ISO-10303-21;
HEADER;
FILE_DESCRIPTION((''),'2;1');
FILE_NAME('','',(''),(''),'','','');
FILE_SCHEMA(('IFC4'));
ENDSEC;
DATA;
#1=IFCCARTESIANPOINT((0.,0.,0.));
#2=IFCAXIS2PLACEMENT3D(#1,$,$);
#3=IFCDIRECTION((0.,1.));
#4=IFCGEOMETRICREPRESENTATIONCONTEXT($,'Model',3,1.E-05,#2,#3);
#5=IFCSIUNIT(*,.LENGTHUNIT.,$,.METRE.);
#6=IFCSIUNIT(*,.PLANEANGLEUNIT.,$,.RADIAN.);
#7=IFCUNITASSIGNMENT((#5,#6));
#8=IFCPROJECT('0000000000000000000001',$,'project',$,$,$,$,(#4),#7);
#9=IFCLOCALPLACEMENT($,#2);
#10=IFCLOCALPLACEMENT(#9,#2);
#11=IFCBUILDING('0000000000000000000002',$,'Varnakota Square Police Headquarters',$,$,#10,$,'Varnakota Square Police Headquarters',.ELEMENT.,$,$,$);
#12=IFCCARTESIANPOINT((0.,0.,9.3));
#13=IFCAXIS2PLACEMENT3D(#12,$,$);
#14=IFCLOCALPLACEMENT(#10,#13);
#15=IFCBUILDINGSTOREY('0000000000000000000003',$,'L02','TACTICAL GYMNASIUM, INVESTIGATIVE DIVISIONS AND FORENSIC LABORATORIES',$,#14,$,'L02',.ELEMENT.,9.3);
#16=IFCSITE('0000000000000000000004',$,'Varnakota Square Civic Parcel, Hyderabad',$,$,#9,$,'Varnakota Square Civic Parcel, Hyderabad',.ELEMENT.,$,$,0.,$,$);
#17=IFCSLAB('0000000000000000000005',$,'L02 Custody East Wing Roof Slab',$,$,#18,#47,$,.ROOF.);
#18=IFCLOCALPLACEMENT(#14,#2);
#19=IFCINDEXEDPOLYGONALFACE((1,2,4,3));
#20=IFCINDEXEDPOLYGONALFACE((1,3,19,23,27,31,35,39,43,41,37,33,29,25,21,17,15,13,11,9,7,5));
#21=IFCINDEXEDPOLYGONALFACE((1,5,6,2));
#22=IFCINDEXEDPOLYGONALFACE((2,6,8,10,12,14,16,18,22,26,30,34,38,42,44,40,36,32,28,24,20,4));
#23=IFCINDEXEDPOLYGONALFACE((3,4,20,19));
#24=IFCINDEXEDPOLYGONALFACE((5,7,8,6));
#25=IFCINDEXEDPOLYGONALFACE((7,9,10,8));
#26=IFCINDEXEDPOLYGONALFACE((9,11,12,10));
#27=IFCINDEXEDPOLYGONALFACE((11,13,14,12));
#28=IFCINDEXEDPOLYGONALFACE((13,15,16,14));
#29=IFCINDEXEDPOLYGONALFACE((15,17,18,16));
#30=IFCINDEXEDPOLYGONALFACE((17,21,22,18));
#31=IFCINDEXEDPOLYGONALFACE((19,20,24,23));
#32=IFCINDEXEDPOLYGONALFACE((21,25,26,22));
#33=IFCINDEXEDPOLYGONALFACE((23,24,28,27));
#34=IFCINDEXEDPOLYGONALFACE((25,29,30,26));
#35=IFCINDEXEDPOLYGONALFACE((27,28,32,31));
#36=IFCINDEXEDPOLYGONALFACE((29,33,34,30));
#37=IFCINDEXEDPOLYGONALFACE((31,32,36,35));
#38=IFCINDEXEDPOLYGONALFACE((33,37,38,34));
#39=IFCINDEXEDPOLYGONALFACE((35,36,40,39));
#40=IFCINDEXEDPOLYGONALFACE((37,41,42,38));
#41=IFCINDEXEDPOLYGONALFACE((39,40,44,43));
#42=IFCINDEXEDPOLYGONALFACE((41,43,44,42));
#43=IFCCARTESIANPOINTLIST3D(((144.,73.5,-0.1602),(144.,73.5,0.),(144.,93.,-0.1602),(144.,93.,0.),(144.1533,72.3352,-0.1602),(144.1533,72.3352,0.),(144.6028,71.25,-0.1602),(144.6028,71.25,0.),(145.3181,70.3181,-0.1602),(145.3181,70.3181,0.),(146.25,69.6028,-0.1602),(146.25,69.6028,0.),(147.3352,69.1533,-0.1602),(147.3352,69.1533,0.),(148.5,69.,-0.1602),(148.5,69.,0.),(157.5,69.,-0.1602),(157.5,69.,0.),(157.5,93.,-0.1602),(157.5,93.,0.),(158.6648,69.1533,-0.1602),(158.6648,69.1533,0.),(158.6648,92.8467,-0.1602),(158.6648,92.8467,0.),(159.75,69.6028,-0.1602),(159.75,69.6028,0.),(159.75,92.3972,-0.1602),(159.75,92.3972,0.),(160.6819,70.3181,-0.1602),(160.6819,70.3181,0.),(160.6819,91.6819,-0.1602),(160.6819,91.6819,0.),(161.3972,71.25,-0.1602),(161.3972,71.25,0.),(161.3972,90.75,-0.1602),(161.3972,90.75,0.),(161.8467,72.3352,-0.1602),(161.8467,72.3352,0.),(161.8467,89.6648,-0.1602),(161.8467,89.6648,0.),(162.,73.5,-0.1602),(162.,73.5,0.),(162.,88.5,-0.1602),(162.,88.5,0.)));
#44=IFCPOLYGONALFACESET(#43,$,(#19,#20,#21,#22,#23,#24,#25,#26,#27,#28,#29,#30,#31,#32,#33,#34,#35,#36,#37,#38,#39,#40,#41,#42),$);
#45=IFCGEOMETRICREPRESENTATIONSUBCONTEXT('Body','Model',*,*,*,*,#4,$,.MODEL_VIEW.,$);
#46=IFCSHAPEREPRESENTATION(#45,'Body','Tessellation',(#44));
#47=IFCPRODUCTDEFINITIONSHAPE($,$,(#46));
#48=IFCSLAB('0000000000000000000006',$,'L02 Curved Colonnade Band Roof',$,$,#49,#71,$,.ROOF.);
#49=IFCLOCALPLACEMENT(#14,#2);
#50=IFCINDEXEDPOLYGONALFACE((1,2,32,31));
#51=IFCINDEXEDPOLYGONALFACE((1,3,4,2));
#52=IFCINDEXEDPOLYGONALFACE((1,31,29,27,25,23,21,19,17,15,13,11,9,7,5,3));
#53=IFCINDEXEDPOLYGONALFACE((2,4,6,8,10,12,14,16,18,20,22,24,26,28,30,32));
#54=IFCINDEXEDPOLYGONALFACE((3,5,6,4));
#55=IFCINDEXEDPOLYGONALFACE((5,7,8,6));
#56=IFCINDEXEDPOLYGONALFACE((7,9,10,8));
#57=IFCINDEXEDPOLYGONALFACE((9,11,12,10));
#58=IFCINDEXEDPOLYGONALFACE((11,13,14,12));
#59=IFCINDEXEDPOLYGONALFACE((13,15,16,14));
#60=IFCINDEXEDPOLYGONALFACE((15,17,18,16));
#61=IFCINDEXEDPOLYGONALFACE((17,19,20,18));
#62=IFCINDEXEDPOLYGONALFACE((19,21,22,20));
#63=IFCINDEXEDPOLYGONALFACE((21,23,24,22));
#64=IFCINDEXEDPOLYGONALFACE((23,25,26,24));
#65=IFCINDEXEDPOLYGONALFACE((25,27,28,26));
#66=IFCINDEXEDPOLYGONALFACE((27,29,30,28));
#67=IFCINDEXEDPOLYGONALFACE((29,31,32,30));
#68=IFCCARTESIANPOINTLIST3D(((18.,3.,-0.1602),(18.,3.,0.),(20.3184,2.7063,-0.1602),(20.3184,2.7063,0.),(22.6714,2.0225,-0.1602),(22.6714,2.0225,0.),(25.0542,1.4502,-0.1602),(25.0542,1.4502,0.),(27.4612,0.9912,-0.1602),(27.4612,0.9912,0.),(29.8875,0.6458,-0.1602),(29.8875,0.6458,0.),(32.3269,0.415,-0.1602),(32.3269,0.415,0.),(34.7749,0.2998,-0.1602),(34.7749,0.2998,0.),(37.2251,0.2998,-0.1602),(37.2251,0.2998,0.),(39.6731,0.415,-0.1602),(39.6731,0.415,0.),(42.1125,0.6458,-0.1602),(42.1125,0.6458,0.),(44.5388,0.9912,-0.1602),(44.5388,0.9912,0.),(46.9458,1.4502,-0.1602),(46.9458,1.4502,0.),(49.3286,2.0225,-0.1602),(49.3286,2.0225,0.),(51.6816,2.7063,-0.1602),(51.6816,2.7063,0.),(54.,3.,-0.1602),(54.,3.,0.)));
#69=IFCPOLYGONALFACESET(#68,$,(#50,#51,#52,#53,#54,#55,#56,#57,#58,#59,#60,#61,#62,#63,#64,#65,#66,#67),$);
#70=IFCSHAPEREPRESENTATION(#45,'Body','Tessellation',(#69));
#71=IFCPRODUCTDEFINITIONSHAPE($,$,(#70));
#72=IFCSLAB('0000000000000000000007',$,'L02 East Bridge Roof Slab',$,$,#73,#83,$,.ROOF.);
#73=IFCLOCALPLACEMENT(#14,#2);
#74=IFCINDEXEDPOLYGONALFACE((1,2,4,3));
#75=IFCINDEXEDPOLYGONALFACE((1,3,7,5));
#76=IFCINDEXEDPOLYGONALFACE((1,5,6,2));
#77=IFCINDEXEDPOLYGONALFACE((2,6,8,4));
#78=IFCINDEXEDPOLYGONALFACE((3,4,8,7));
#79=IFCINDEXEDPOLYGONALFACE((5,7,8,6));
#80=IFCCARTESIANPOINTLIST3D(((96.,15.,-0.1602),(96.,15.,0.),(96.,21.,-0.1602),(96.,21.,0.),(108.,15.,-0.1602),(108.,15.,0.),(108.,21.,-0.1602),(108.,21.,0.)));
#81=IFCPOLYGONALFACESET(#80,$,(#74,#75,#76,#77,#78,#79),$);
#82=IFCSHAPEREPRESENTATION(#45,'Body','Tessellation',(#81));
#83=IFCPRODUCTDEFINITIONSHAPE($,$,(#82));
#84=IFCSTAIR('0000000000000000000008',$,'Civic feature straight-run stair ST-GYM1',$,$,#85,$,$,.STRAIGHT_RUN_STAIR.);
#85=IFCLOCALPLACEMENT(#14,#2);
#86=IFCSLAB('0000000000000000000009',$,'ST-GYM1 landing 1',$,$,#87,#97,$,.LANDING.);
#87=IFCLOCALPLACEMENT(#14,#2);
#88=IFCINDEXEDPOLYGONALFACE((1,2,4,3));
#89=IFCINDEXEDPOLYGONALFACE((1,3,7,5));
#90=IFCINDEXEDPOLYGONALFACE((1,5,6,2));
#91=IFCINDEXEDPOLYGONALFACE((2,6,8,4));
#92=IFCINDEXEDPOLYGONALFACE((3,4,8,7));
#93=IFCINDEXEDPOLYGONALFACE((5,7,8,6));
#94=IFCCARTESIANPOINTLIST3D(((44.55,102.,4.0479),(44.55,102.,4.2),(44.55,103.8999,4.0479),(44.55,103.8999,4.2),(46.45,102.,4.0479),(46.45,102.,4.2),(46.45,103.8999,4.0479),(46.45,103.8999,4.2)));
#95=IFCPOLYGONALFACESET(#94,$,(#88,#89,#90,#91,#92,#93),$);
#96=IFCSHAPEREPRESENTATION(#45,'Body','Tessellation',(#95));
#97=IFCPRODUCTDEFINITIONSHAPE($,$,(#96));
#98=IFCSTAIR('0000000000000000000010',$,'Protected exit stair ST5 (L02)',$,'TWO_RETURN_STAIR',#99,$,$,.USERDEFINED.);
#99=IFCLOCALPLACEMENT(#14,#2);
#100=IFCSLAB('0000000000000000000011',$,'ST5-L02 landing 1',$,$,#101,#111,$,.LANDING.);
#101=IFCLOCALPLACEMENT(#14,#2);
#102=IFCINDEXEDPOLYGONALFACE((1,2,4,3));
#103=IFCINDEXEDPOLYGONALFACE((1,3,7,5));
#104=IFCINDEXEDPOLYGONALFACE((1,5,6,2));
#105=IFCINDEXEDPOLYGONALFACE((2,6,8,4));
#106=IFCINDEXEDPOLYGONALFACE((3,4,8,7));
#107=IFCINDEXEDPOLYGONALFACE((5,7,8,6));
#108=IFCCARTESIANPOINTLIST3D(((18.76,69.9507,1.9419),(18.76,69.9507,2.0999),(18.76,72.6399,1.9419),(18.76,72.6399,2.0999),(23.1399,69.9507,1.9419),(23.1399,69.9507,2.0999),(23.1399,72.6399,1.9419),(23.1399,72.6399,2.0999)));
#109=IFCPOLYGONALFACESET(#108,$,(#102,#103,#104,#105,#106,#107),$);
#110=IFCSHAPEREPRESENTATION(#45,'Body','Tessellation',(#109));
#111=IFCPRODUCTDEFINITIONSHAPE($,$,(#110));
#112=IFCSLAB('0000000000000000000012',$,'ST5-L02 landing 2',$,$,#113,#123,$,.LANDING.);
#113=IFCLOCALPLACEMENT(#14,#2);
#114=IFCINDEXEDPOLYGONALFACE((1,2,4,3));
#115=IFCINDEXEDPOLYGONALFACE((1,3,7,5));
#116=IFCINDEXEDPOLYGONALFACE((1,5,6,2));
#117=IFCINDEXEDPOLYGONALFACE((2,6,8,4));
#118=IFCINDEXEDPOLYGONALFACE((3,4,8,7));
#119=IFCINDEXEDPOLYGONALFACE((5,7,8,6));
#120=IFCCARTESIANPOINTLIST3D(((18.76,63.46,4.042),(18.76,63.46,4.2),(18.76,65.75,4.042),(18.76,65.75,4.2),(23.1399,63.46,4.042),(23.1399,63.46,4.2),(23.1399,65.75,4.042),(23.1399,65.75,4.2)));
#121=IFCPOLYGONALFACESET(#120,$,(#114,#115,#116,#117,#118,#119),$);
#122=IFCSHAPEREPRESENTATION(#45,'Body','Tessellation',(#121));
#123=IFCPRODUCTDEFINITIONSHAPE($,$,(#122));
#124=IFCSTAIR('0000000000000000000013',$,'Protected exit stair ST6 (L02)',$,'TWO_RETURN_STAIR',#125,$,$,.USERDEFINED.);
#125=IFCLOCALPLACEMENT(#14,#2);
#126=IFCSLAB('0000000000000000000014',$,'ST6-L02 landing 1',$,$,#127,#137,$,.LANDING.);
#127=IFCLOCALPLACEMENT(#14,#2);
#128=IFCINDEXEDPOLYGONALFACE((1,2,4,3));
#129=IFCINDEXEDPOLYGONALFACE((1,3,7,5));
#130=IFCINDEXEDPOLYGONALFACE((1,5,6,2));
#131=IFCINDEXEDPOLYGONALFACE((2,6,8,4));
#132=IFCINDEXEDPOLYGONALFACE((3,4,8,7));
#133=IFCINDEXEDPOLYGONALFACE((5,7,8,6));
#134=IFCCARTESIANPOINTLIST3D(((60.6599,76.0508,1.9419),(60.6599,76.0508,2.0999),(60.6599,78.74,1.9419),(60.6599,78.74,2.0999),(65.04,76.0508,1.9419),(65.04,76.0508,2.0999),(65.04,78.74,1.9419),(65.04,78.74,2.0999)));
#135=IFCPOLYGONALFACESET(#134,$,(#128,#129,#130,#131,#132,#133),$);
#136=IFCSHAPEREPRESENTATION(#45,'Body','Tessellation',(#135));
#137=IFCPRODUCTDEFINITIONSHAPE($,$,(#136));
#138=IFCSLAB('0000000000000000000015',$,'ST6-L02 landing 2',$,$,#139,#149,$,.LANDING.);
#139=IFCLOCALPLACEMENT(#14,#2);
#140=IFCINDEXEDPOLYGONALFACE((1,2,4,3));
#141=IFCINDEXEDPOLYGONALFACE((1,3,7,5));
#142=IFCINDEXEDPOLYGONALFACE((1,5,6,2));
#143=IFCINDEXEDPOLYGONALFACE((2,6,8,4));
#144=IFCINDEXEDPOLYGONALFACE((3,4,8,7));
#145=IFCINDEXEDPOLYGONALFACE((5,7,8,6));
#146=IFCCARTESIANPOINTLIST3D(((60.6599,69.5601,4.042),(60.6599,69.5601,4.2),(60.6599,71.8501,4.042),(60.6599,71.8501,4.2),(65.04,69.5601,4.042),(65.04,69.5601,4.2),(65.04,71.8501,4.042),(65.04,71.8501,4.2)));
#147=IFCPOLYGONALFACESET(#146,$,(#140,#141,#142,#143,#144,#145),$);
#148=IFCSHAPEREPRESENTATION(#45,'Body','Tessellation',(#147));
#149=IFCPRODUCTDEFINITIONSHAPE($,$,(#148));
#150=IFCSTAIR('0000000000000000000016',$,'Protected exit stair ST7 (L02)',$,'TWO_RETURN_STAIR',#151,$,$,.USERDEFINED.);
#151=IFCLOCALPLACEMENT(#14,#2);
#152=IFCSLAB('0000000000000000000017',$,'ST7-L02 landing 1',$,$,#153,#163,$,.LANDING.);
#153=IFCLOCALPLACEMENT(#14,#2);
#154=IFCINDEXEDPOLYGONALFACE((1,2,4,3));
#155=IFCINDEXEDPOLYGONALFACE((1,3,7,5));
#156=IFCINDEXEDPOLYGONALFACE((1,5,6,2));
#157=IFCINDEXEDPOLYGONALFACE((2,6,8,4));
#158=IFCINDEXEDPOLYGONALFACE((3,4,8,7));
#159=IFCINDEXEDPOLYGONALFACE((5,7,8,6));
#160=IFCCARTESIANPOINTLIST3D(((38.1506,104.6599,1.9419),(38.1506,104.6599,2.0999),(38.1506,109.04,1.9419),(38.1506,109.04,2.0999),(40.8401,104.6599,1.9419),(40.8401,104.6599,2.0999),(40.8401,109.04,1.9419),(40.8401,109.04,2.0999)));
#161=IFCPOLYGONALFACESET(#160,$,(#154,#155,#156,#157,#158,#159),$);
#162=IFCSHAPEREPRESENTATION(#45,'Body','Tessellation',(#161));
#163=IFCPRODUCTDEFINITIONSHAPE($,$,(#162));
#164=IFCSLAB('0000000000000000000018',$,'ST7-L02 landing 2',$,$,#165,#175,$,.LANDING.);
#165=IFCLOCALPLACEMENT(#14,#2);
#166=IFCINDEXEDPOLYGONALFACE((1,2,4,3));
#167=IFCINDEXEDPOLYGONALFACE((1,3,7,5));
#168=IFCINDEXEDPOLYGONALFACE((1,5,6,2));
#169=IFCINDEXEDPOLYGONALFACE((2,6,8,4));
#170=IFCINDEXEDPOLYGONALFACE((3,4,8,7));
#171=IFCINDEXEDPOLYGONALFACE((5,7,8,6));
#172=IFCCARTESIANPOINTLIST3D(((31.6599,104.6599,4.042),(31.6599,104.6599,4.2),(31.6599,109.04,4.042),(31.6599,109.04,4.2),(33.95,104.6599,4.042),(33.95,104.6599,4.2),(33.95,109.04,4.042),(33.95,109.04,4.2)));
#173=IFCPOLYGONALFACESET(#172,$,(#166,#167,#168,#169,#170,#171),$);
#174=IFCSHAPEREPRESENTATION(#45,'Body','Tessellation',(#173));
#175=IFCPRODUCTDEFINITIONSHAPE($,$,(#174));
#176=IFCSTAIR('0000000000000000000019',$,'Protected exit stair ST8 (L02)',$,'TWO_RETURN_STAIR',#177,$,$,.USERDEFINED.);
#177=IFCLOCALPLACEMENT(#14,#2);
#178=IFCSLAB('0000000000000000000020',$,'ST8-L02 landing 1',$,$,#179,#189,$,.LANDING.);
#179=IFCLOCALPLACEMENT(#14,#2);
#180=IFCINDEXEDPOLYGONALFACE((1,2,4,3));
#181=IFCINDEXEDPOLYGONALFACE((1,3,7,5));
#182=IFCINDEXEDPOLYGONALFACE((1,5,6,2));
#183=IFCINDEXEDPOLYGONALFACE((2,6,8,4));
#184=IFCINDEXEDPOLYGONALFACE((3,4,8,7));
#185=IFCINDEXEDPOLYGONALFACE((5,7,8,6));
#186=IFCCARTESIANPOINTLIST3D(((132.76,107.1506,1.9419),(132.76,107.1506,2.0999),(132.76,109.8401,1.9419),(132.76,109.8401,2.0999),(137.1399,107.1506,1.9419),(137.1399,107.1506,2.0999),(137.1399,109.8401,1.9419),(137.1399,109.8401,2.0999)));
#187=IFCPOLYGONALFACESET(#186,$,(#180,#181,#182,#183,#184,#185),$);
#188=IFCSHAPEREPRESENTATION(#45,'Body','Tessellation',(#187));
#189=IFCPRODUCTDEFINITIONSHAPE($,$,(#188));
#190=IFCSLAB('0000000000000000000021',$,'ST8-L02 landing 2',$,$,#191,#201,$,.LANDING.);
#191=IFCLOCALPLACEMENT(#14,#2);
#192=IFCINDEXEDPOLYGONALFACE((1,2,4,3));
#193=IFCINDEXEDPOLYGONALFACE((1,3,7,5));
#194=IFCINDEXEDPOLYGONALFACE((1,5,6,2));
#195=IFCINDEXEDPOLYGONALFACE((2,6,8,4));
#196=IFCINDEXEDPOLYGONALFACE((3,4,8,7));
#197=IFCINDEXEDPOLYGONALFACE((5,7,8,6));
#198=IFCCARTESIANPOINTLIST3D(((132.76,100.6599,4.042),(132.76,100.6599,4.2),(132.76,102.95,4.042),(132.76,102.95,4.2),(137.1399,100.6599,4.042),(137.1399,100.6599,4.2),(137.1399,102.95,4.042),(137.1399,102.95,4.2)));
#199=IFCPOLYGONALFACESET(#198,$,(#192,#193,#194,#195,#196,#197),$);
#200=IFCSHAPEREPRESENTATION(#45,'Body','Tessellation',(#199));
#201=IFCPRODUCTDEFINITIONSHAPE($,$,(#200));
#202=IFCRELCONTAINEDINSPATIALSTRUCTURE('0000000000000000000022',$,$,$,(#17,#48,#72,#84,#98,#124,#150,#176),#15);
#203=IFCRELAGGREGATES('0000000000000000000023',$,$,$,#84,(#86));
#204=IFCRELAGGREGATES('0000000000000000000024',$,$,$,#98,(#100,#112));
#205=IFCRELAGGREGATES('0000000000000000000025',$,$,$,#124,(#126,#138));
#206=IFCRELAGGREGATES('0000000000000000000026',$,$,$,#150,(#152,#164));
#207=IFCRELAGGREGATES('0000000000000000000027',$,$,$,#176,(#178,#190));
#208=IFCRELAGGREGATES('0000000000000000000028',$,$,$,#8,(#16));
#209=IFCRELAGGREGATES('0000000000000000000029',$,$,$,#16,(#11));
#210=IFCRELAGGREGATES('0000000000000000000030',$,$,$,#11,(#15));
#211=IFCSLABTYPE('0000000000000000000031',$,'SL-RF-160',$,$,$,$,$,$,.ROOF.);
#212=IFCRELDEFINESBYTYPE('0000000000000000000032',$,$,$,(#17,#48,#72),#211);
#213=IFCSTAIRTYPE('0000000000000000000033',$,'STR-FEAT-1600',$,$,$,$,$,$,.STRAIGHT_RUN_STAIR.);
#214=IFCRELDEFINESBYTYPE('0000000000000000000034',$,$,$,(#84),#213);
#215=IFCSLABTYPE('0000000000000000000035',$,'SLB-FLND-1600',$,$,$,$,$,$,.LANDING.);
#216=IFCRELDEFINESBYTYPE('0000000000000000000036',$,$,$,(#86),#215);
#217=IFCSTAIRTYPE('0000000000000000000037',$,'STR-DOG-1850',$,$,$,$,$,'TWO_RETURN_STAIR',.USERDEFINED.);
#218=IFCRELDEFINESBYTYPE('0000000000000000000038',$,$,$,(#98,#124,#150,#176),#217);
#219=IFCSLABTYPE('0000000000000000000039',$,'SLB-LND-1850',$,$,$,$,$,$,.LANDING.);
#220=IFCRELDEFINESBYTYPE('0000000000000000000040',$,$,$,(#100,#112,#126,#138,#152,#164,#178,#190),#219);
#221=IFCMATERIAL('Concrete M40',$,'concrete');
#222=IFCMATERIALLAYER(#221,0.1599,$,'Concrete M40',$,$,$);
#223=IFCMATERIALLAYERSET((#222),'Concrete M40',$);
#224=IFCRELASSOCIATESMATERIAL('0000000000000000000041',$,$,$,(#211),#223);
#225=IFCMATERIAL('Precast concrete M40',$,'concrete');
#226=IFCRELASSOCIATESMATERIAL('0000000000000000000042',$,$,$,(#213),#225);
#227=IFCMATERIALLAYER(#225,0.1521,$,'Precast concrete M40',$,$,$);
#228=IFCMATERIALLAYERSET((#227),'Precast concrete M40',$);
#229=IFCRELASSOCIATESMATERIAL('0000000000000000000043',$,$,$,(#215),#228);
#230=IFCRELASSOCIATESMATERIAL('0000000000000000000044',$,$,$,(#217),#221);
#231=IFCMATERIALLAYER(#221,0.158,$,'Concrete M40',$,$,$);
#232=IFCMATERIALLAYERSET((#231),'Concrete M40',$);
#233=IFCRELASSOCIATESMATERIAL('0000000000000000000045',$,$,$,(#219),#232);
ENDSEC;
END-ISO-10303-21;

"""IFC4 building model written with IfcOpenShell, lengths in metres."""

from ifc_helpers import new_model, si_unit, direction, frame, origin, place, context, subcontext, project, spatial, polyline, outline, extrude, material, layer, layer_set, type_object, element, aggregate, save


model = new_model("IFC4")

# Units and contexts
model_context = context("Model", 3, precision=1e-05, world=origin(), true_north=direction((0.0, 1.0)))
body_context = subcontext(model_context, "Body", "Model", "MODEL_VIEW")
ifc_project = project(units=[si_unit("LENGTHUNIT", "METRE"), si_unit("PLANEANGLEUNIT", "RADIAN")], contexts=[model_context])

# Site, building, storey
site_placement = place(None, origin())
site = spatial("IfcSite", under=ifc_project, at=site_placement, Name="Varnakota Square Civic Parcel, Hyderabad", LongName="Varnakota Square Civic Parcel, Hyderabad", CompositionType="ELEMENT", RefElevation=0.0)
building_placement = place(site_placement, origin())
building = spatial("IfcBuilding", under=site, at=building_placement, Name="Varnakota Square Police Headquarters", LongName="Varnakota Square Police Headquarters", CompositionType="ELEMENT")
storey_placement = place(building_placement, frame((0.0, 0.0, 9.3)))
storey = spatial("IfcBuildingStorey", under=building, at=storey_placement, Name="L02", Description="TACTICAL GYMNASIUM, INVESTIGATIVE DIVISIONS AND FORENSIC LABORATORIES", LongName="L02", CompositionType="ELEMENT", Elevation=9.3)

# Shared definitions
ifc_material_1 = material(Name="Concrete M40", Category="concrete")
ifc_layer_1 = layer(ifc_material_1, 0.1599, Name="Concrete M40")
ifc_layer_set_1 = layer_set([ifc_layer_1], Name="Concrete M40")
slab_type_1 = type_object("IfcSlabType", Name="SL-RF-160", PredefinedType="ROOF", material=ifc_layer_set_1)

# Slabs
slab_1_placement = place(storey_placement, frame((0.0, 0.0, -0.1602)))
element("IfcSlab", 1, at=slab_1_placement, inside=storey, type_object=slab_type_1, Name="L02 Custody East Wing Roof Slab", PredefinedType="ROOF", context=body_context, shape_type="SweptSolid", body=[
    extrude(outline(polyline([(144.0, 73.5), (144.1533, 72.3352), (144.6028, 71.25), (145.3181, 70.3181), (146.25, 69.6028), (147.3352, 69.1533), (148.5, 69.0), (157.5, 69.0), (158.6648, 69.1533), (159.75, 69.6028), (160.6819, 70.3181), (161.3972, 71.25), (161.8467, 72.3352), (162.0, 73.5), (162.0, 88.5), (161.8467, 89.6648), (161.3972, 90.75), (160.6819, 91.6819), (159.75, 92.3972), (158.6648, 92.8467), (157.5, 93.0), (144.0, 93.0), (144.0, 73.5)])), origin(), (0.0, 0.0, 1.0), 0.1602),
])
slab_2_placement = place(storey_placement, frame((0.0, 0.0, -0.1602)))
element("IfcSlab", 2, at=slab_2_placement, inside=storey, type_object=slab_type_1, Name="L02 Curved Colonnade Band Roof", PredefinedType="ROOF", context=body_context, shape_type="SweptSolid", body=[
    extrude(outline(polyline([(18.0, 3.0), (20.3184, 2.7063), (22.6714, 2.0225), (25.0542, 1.4502), (27.4612, 0.9912), (29.8875, 0.6458), (32.3269, 0.415), (34.7749, 0.2998), (37.2251, 0.2998), (39.6731, 0.415), (42.1125, 0.6458), (44.5388, 0.9912), (46.9458, 1.4502), (49.3286, 2.0225), (51.6816, 2.7063), (54.0, 3.0), (18.0, 3.0)])), origin(), (0.0, 0.0, 1.0), 0.1602),
])
slab_3_placement = place(storey_placement, frame((0.0, 0.0, -0.1602)))
element("IfcSlab", 3, at=slab_3_placement, inside=storey, type_object=slab_type_1, Name="L02 East Bridge Roof Slab", PredefinedType="ROOF", context=body_context, shape_type="SweptSolid", body=[
    extrude(outline(polyline([(96.0, 15.0), (108.0, 15.0), (108.0, 21.0), (96.0, 21.0), (96.0, 15.0)])), origin(), (0.0, 0.0, 1.0), 0.1602),
])

# Stair, slab
ifc_material_2 = material(Name="Precast concrete M40", Category="concrete")
stair_type_1 = type_object("IfcStairType", Name="STR-FEAT-1600", PredefinedType="STRAIGHT_RUN_STAIR", material=ifc_material_2)
stair_1_placement = place(storey_placement, origin())
stair_1 = element("IfcStair", 4, at=stair_1_placement, inside=storey, type_object=stair_type_1, Name="Civic feature straight-run stair ST-GYM1", PredefinedType="STRAIGHT_RUN_STAIR")
ifc_layer_2 = layer(ifc_material_2, 0.1521, Name="Precast concrete M40")
ifc_layer_set_2 = layer_set([ifc_layer_2], Name="Precast concrete M40")
slab_type_2 = type_object("IfcSlabType", Name="SLB-FLND-1600", PredefinedType="LANDING", material=ifc_layer_set_2)
slab_4_placement = place(storey_placement, frame((0.0, 0.0, 4.0479)))
slab_4 = element("IfcSlab", 5, at=slab_4_placement, type_object=slab_type_2, Name="ST-GYM1 landing 1", PredefinedType="LANDING", context=body_context, shape_type="SweptSolid", body=[
    extrude(outline(polyline([(44.55, 102.0), (46.45, 102.0), (46.45, 103.8999), (44.55, 103.8999), (44.55, 102.0)])), origin(), (0.0, 0.0, 1.0), 0.1521),
])
aggregate(stair_1, [slab_4])

# Stairs, slabs
stair_type_2 = type_object("IfcStairType", Name="STR-DOG-1850", ElementType="TWO_RETURN_STAIR", PredefinedType="USERDEFINED", material=ifc_material_1)
stair_2_placement = place(storey_placement, origin())
stair_2 = element("IfcStair", 6, at=stair_2_placement, inside=storey, type_object=stair_type_2, Name="Protected exit stair ST5 (L02)", ObjectType="TWO_RETURN_STAIR", PredefinedType="USERDEFINED")
ifc_layer_3 = layer(ifc_material_1, 0.158, Name="Concrete M40")
ifc_layer_set_3 = layer_set([ifc_layer_3], Name="Concrete M40")
slab_type_3 = type_object("IfcSlabType", Name="SLB-LND-1850", PredefinedType="LANDING", material=ifc_layer_set_3)
slab_5_placement = place(storey_placement, frame((0.0, 0.0, 1.9419)))
slab_5 = element("IfcSlab", 7, at=slab_5_placement, type_object=slab_type_3, Name="ST5-L02 landing 1", PredefinedType="LANDING", context=body_context, shape_type="SweptSolid", body=[
    extrude(outline(polyline([(18.76, 69.9507), (23.1399, 69.9507), (23.1399, 72.6399), (18.76, 72.6399), (18.76, 69.9507)])), origin(), (0.0, 0.0, 1.0), 0.158),
])
slab_6_placement = place(storey_placement, frame((0.0, 0.0, 4.042)))
slab_6 = element("IfcSlab", 8, at=slab_6_placement, type_object=slab_type_3, Name="ST5-L02 landing 2", PredefinedType="LANDING", context=body_context, shape_type="SweptSolid", body=[
    extrude(outline(polyline([(18.76, 63.46), (23.1399, 63.46), (23.1399, 65.75), (18.76, 65.75), (18.76, 63.46)])), origin(), (0.0, 0.0, 1.0), 0.158),
])
aggregate(stair_2, [slab_5, slab_6])
stair_3_placement = place(storey_placement, origin())
stair_3 = element("IfcStair", 9, at=stair_3_placement, inside=storey, type_object=stair_type_2, Name="Protected exit stair ST6 (L02)", ObjectType="TWO_RETURN_STAIR", PredefinedType="USERDEFINED")
slab_7_placement = place(storey_placement, frame((0.0, 0.0, 1.9419)))
slab_7 = element("IfcSlab", 10, at=slab_7_placement, type_object=slab_type_3, Name="ST6-L02 landing 1", PredefinedType="LANDING", context=body_context, shape_type="SweptSolid", body=[
    extrude(outline(polyline([(60.6599, 76.0508), (65.04, 76.0508), (65.04, 78.74), (60.6599, 78.74), (60.6599, 76.0508)])), origin(), (0.0, 0.0, 1.0), 0.158),
])
slab_8_placement = place(storey_placement, frame((0.0, 0.0, 4.042)))
slab_8 = element("IfcSlab", 11, at=slab_8_placement, type_object=slab_type_3, Name="ST6-L02 landing 2", PredefinedType="LANDING", context=body_context, shape_type="SweptSolid", body=[
    extrude(outline(polyline([(60.6599, 69.5601), (65.04, 69.5601), (65.04, 71.8501), (60.6599, 71.8501), (60.6599, 69.5601)])), origin(), (0.0, 0.0, 1.0), 0.158),
])
aggregate(stair_3, [slab_7, slab_8])
stair_4_placement = place(storey_placement, origin())
stair_4 = element("IfcStair", 12, at=stair_4_placement, inside=storey, type_object=stair_type_2, Name="Protected exit stair ST7 (L02)", ObjectType="TWO_RETURN_STAIR", PredefinedType="USERDEFINED")
slab_9_placement = place(storey_placement, frame((0.0, 0.0, 1.9419)))
slab_9 = element("IfcSlab", 13, at=slab_9_placement, type_object=slab_type_3, Name="ST7-L02 landing 1", PredefinedType="LANDING", context=body_context, shape_type="SweptSolid", body=[
    extrude(outline(polyline([(38.1506, 104.6599), (40.8401, 104.6599), (40.8401, 109.04), (38.1506, 109.04), (38.1506, 104.6599)])), origin(), (0.0, 0.0, 1.0), 0.158),
])
slab_10_placement = place(storey_placement, frame((0.0, 0.0, 4.042)))
slab_10 = element("IfcSlab", 14, at=slab_10_placement, type_object=slab_type_3, Name="ST7-L02 landing 2", PredefinedType="LANDING", context=body_context, shape_type="SweptSolid", body=[
    extrude(outline(polyline([(31.6599, 104.6599), (33.95, 104.6599), (33.95, 109.04), (31.6599, 109.04), (31.6599, 104.6599)])), origin(), (0.0, 0.0, 1.0), 0.158),
])
aggregate(stair_4, [slab_9, slab_10])
stair_5_placement = place(storey_placement, origin())
stair_5 = element("IfcStair", 15, at=stair_5_placement, inside=storey, type_object=stair_type_2, Name="Protected exit stair ST8 (L02)", ObjectType="TWO_RETURN_STAIR", PredefinedType="USERDEFINED")
slab_11_placement = place(storey_placement, frame((0.0, 0.0, 1.9419)))
slab_11 = element("IfcSlab", 16, at=slab_11_placement, type_object=slab_type_3, Name="ST8-L02 landing 1", PredefinedType="LANDING", context=body_context, shape_type="SweptSolid", body=[
    extrude(outline(polyline([(132.76, 107.1506), (137.1399, 107.1506), (137.1399, 109.8401), (132.76, 109.8401), (132.76, 107.1506)])), origin(), (0.0, 0.0, 1.0), 0.158),
])
slab_12_placement = place(storey_placement, frame((0.0, 0.0, 4.042)))
slab_12 = element("IfcSlab", 17, at=slab_12_placement, type_object=slab_type_3, Name="ST8-L02 landing 2", PredefinedType="LANDING", context=body_context, shape_type="SweptSolid", body=[
    extrude(outline(polyline([(132.76, 100.6599), (137.1399, 100.6599), (137.1399, 102.95), (132.76, 102.95), (132.76, 100.6599)])), origin(), (0.0, 0.0, 1.0), 0.158),
])
aggregate(stair_5, [slab_11, slab_12])

save(model, "model.ifc")
